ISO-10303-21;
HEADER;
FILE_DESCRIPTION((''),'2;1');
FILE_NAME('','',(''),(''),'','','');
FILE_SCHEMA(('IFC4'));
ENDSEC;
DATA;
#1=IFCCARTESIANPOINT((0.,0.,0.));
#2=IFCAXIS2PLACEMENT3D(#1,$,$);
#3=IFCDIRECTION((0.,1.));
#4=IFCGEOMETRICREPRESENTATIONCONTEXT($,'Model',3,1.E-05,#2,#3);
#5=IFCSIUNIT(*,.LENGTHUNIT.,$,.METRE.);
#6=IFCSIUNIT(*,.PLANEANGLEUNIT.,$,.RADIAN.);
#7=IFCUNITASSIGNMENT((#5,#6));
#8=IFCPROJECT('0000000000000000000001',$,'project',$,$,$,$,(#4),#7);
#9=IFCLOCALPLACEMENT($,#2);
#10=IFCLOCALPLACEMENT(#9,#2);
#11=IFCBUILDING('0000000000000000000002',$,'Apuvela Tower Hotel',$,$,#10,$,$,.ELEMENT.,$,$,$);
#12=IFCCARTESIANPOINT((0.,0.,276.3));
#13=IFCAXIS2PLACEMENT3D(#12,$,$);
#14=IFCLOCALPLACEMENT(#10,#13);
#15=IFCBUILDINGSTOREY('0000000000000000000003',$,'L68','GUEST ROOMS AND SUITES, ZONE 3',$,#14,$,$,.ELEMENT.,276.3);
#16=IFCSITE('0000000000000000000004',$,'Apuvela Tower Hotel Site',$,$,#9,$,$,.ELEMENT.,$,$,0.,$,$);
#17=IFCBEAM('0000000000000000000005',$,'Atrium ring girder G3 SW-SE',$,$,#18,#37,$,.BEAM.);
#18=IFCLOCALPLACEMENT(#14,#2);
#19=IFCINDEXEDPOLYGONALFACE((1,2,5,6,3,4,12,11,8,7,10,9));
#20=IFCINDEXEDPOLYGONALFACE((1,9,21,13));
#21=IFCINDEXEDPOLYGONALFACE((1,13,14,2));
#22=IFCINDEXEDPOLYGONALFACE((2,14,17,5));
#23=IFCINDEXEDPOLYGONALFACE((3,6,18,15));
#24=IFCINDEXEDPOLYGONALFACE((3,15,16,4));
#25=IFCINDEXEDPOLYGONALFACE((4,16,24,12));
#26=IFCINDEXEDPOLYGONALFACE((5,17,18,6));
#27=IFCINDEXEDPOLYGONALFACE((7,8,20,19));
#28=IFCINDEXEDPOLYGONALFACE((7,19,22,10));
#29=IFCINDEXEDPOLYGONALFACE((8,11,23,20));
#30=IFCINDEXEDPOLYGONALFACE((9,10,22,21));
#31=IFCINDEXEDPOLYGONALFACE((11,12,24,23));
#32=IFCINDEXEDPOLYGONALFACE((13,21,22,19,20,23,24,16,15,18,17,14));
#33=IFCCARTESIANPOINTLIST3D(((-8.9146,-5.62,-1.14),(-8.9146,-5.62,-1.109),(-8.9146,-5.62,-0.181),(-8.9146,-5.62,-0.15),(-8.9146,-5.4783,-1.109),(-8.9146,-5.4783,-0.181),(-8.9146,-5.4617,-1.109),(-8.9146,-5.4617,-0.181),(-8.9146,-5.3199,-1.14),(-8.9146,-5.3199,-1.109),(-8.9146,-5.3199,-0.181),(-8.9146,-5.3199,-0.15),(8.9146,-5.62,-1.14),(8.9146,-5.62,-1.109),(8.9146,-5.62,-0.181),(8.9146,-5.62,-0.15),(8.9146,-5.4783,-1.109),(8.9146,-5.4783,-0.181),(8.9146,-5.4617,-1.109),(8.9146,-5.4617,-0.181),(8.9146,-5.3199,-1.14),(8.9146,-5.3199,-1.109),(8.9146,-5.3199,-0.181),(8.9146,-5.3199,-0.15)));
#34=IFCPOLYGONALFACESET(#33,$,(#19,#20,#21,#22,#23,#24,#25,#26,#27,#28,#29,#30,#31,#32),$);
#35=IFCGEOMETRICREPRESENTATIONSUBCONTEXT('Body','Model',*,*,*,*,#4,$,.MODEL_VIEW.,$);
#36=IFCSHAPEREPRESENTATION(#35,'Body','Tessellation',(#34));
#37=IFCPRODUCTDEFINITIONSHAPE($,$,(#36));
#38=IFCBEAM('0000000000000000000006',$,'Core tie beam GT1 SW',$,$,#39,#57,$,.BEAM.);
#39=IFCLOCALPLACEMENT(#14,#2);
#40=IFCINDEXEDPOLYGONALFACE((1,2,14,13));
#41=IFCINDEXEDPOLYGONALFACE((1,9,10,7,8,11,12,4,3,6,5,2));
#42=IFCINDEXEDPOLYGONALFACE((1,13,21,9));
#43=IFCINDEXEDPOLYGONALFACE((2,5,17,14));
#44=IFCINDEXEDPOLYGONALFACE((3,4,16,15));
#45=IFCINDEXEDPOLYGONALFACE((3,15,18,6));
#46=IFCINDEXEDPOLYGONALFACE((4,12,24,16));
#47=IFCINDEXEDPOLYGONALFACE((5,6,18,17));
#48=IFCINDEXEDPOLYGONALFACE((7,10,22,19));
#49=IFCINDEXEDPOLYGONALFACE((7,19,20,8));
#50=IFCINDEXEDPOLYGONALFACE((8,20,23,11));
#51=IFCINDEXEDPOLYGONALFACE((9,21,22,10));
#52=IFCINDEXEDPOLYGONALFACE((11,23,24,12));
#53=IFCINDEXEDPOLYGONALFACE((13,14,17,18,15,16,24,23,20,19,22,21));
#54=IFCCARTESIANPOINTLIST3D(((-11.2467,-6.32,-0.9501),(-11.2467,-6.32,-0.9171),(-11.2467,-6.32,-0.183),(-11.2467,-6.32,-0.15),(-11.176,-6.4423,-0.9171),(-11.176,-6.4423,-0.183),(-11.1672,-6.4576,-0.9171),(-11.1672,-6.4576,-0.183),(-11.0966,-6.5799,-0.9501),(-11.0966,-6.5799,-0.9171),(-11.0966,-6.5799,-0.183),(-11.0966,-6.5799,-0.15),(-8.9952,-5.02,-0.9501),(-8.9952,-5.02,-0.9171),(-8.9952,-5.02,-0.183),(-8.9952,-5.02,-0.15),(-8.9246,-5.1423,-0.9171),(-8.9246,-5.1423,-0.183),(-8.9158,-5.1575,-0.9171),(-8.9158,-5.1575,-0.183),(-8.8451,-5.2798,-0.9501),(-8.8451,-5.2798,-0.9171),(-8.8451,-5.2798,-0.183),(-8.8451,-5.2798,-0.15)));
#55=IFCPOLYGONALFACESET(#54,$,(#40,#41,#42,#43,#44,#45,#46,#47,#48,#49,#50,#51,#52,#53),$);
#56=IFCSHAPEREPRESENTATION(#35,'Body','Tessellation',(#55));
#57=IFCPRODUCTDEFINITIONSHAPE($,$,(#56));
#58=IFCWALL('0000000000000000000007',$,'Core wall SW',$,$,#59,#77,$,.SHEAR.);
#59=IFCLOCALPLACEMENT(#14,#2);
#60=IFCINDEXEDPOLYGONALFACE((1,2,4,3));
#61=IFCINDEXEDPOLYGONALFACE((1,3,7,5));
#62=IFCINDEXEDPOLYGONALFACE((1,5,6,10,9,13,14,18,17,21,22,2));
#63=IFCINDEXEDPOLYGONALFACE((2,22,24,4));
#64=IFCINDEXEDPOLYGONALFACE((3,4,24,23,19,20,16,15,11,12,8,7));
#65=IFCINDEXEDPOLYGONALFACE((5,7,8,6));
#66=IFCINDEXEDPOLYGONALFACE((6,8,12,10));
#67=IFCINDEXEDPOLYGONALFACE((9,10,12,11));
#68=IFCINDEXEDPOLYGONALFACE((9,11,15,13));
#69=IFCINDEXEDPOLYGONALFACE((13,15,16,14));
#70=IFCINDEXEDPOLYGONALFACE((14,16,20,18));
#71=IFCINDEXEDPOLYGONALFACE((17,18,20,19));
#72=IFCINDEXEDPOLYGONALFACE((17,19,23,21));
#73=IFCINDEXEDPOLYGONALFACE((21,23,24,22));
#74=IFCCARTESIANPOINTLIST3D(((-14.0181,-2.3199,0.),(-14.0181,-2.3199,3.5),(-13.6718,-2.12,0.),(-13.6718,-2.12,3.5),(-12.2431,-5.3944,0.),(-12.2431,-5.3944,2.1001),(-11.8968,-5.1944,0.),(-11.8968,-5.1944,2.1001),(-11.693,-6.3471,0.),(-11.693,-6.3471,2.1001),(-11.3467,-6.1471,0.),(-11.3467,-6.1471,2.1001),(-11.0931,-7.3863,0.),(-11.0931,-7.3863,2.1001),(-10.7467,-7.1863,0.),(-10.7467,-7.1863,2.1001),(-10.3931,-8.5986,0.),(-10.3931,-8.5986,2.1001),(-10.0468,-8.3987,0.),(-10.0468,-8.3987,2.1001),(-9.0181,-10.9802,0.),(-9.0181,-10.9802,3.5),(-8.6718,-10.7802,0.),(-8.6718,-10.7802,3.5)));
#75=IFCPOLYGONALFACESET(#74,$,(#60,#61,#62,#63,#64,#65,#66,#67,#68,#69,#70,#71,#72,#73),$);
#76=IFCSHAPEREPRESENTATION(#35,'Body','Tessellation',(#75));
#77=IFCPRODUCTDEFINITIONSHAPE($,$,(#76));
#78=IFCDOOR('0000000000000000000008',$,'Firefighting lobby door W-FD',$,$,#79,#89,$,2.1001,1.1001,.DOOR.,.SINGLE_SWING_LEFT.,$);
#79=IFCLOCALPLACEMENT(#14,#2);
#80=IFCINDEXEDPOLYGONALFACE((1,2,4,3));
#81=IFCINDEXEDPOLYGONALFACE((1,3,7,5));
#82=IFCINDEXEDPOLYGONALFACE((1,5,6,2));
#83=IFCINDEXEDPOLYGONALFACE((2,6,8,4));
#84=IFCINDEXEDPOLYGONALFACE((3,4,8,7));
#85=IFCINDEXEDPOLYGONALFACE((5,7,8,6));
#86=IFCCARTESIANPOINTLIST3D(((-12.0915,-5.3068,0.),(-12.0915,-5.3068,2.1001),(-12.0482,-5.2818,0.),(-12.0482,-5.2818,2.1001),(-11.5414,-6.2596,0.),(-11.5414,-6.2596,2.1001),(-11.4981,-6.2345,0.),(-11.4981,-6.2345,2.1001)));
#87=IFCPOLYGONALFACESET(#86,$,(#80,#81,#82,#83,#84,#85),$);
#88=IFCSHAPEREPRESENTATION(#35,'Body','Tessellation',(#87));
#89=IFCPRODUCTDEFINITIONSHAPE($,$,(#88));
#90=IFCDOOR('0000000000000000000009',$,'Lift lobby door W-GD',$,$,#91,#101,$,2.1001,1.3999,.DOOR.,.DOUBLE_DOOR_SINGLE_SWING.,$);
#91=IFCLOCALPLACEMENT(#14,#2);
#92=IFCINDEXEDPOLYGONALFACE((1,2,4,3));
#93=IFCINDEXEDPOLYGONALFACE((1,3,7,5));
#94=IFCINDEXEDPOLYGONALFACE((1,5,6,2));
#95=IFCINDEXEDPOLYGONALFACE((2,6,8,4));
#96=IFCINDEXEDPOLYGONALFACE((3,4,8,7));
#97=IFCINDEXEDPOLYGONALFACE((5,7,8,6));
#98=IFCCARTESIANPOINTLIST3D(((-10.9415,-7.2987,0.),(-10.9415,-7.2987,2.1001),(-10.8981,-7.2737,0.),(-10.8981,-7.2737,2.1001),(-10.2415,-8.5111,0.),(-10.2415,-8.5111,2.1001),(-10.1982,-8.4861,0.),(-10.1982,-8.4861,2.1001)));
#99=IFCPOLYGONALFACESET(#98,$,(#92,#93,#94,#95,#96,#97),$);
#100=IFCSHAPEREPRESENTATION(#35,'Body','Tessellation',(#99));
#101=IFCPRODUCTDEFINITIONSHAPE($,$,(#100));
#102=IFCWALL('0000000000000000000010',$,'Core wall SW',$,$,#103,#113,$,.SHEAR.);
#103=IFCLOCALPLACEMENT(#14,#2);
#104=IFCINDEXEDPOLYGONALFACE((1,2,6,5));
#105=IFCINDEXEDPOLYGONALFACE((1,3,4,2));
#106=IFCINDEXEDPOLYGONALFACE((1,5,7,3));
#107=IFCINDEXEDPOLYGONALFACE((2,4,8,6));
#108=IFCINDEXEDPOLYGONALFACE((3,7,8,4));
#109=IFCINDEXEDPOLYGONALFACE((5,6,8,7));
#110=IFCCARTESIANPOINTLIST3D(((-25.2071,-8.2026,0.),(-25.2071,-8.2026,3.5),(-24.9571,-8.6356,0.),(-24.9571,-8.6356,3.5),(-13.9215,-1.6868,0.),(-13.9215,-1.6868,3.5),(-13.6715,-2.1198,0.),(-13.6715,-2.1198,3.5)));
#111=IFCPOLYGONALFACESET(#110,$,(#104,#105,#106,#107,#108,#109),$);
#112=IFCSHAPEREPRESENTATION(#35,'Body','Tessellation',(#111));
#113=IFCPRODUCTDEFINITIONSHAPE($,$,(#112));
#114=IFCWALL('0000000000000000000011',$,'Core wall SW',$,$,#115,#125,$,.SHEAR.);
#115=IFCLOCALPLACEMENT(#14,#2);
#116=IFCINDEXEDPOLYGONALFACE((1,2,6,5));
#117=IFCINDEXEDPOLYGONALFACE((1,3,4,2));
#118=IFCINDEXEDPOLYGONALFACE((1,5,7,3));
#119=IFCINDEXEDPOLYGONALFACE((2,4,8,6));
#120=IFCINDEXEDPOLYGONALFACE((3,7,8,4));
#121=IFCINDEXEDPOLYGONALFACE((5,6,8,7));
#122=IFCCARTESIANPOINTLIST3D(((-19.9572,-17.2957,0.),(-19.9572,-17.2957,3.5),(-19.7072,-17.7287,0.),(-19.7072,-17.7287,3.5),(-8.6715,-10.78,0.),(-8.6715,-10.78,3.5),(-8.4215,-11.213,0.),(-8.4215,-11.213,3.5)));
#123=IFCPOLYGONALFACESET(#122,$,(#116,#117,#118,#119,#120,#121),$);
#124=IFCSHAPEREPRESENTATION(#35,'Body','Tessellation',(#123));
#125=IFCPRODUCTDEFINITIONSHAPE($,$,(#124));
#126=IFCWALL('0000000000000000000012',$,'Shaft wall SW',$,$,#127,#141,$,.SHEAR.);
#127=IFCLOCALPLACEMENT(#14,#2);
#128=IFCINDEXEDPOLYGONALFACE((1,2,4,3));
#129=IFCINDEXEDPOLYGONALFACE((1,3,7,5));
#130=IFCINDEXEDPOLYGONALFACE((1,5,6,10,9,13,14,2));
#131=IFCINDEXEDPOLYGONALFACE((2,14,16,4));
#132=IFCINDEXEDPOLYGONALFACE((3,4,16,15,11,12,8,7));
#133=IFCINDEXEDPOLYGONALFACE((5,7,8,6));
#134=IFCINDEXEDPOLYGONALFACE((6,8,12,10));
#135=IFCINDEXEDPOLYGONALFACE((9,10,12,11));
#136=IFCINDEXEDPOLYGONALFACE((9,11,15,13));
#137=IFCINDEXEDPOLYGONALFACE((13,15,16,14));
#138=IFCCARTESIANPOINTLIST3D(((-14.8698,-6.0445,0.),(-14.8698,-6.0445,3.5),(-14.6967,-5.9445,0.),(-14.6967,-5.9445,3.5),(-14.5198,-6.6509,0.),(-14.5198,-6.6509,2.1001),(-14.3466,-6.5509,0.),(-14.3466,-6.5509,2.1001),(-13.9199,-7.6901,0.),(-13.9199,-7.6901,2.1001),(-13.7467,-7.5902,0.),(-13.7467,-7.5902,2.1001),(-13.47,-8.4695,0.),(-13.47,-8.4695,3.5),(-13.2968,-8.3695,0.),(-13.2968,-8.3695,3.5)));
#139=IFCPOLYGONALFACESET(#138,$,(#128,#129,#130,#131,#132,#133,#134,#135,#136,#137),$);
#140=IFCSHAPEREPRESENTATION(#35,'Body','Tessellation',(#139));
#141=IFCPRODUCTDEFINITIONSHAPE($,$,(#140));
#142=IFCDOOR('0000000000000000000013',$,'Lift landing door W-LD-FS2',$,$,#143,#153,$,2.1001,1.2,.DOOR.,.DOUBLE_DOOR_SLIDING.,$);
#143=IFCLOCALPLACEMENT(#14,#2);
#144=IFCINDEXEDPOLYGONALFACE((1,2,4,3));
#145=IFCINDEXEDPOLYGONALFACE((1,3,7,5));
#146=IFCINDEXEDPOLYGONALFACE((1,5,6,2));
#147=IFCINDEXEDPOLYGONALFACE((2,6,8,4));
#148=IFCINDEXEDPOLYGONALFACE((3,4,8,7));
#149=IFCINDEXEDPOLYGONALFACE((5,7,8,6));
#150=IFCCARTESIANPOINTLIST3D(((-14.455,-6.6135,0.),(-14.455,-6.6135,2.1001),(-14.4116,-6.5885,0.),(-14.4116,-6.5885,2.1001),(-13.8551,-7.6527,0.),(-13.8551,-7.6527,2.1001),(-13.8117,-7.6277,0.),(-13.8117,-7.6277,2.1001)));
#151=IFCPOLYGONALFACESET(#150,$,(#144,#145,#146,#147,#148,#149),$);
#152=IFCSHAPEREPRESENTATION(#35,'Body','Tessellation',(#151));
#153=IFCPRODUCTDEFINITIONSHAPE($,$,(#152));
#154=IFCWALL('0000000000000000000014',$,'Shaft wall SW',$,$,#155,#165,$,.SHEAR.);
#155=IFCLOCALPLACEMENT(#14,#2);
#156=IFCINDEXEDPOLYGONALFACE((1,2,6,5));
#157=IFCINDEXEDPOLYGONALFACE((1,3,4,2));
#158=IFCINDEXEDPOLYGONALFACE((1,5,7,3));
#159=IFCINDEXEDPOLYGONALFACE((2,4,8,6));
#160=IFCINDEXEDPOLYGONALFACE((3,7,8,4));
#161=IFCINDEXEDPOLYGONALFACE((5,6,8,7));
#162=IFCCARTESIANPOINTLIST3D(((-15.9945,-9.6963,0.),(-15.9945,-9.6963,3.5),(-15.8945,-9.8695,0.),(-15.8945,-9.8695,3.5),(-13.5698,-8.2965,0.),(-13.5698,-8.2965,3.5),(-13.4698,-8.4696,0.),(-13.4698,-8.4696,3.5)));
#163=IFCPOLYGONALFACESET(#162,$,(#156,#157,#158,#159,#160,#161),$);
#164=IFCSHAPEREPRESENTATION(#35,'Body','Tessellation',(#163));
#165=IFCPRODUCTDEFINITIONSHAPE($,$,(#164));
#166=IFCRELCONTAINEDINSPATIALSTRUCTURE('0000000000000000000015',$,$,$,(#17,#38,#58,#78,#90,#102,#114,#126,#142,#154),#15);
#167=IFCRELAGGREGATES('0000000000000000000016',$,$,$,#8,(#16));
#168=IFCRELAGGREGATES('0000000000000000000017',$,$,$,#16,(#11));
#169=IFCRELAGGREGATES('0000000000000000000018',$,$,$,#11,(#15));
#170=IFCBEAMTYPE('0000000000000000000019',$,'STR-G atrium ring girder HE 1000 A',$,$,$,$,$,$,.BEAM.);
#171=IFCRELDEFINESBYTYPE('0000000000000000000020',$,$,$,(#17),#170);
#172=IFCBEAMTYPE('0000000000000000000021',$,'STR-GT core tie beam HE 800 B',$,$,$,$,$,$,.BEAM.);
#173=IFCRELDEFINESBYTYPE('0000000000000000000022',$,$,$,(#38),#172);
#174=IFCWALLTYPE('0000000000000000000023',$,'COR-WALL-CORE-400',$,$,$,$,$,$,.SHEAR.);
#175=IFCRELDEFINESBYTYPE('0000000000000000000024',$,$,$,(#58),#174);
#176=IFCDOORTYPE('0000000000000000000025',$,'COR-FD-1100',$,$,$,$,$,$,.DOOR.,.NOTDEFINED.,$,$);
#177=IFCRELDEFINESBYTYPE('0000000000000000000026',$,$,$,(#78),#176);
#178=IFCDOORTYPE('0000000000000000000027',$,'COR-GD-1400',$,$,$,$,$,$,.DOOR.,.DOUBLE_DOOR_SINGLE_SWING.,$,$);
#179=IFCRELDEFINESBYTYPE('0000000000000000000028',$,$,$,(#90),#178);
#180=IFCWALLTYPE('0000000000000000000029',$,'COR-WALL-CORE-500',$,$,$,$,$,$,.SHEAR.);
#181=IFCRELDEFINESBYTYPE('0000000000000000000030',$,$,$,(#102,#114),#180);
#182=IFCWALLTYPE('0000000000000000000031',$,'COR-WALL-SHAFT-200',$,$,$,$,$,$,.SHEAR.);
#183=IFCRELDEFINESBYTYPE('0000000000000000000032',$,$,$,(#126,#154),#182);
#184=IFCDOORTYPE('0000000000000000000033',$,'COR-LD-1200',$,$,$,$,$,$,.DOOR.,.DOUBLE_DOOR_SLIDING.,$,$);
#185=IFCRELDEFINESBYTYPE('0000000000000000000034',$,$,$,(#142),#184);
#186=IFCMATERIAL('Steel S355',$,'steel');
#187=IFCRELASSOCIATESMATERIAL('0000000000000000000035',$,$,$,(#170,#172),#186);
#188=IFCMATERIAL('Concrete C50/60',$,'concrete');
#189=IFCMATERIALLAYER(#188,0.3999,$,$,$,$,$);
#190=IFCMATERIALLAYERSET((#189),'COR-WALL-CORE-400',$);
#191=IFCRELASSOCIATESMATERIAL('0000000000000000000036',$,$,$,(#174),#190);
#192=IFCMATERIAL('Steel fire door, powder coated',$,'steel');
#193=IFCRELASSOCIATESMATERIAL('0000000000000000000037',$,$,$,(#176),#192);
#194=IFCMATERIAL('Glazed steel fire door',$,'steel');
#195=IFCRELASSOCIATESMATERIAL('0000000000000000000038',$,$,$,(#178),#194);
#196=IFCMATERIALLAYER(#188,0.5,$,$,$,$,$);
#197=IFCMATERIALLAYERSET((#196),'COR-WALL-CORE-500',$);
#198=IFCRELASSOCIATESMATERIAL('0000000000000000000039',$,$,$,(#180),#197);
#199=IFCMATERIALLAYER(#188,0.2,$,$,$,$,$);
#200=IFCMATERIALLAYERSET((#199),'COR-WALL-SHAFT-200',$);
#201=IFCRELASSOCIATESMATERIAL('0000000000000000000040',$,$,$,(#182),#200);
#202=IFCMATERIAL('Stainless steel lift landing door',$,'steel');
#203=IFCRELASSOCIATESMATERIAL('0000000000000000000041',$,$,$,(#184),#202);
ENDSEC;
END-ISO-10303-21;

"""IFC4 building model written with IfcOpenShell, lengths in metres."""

from ifc_helpers import new_model, si_unit, direction, frame, frame_2d, origin, origin_2d, place, context, subcontext, project, spatial, rectangle, i_section, extrude, material, layer, layer_set, material_profile, profile_set, type_object, element, fill, save


model = new_model("IFC4")

# Units and contexts
model_context = context("Model", 3, precision=1e-05, world=origin(), true_north=direction((0.0, 1.0)))
body_context = subcontext(model_context, "Body", "Model", "MODEL_VIEW")
ifc_project = project(units=[si_unit("LENGTHUNIT", "METRE"), si_unit("PLANEANGLEUNIT", "RADIAN")], contexts=[model_context])

# Site, building, storey
site_placement = place(None, origin())
site = spatial("IfcSite", under=ifc_project, at=site_placement, Name="Apuvela Tower Hotel Site", CompositionType="ELEMENT", RefElevation=0.0)
building_placement = place(site_placement, origin())
building = spatial("IfcBuilding", under=site, at=building_placement, Name="Apuvela Tower Hotel", CompositionType="ELEMENT")
storey_placement = place(building_placement, frame((0.0, 0.0, 276.3)))
storey = spatial("IfcBuildingStorey", under=building, at=storey_placement, Name="L68", Description="GUEST ROOMS AND SUITES, ZONE 3", CompositionType="ELEMENT", Elevation=276.3)

# Beams
ifc_material_1 = material(Name="Steel S355", Category="steel")
ifc_material_profile_1 = material_profile(ifc_material_1, i_section(OverallWidth=0.3, OverallDepth=0.99, WebThickness=0.0166, FlangeThickness=0.031, at=origin_2d()), Name="HE 1000 A")
ifc_profile_set_1 = profile_set([ifc_material_profile_1], Name="Steel S355")
beam_type_1 = type_object("IfcBeamType", Name="STR-G atrium ring girder HE 1000 A", PredefinedType="BEAM", material=ifc_profile_set_1)
beam_1_placement = place(storey_placement, frame((-8.9146, -5.47, -0.645), z_axis=(1.0, 0.0, 0.0), x_axis=(0.0, 1.0, 0.0)))
element("IfcBeam", 1, at=beam_1_placement, inside=storey, type_object=beam_type_1, Name="Atrium ring girder G3 SW-SE", PredefinedType="BEAM", context=body_context, shape_type="SweptSolid", body=[
    extrude(i_section(OverallWidth=0.3, OverallDepth=0.99, WebThickness=0.0166, FlangeThickness=0.031, at=origin_2d()), origin(), (0.0, 0.0, 1.0), 17.8291),
])
ifc_material_profile_2 = material_profile(ifc_material_1, i_section(OverallWidth=0.3, OverallDepth=0.8, WebThickness=0.0176, FlangeThickness=0.033, at=origin_2d()), Name="HE 800 B")
ifc_profile_set_2 = profile_set([ifc_material_profile_2], Name="Steel S355")
beam_type_2 = type_object("IfcBeamType", Name="STR-GT core tie beam HE 800 B", PredefinedType="BEAM", material=ifc_profile_set_2)
beam_2_placement = place(storey_placement, frame((-11.1716, -6.45, -0.55), z_axis=(0.865998, 0.500048, 0.0), x_axis=(-0.500048, 0.865998, 0.0)))
element("IfcBeam", 2, at=beam_2_placement, inside=storey, type_object=beam_type_2, Name="Core tie beam GT1 SW", PredefinedType="BEAM", context=body_context, shape_type="SweptSolid", body=[
    extrude(i_section(OverallWidth=0.3, OverallDepth=0.8, WebThickness=0.0176, FlangeThickness=0.033, at=origin_2d()), origin(), (0.0, 0.0, 1.0), 2.5999),
])

# Wall, openings, doors
ifc_material_2 = material(Name="Concrete C50/60", Category="concrete")
ifc_layer_1 = layer(ifc_material_2, 0.3999)
ifc_layer_set_1 = layer_set([ifc_layer_1], Name="COR-WALL-CORE-400")
wall_type_1 = type_object("IfcWallType", Name="COR-WALL-CORE-400", PredefinedType="SHEAR", material=ifc_layer_set_1)
wall_1_placement = place(storey_placement, frame((-13.845, -2.22, 0.0), z_axis=(0.0, 0.0, 1.0), x_axis=(0.500004, -0.866023, 0.0)))
wall_1 = element("IfcWall", 3, at=wall_1_placement, inside=storey, type_object=wall_type_1, Name="Core wall SW", PredefinedType="SHEAR", context=body_context, shape_type="SweptSolid", body=[
    extrude(rectangle(XDim=10.0, YDim=0.3999, at=frame_2d((5.0, 0.0))), origin(), (0.0, 0.0, 1.0), 3.5),
])
opening_1_placement = place(wall_1_placement, frame((3.55, 0.0, 0.0)))
opening_1 = element("IfcOpeningElement", 4, at=opening_1_placement, cuts=wall_1, PredefinedType="OPENING", context=body_context, shape_type="SweptSolid", body=[
    extrude(rectangle(XDim=1.1001, YDim=2.1001, at=frame_2d((0.55, 1.05))), frame((0.0, 0.21, 0.0), z_axis=(0.0, -1.0, 0.0), x_axis=(1.0, 0.0, 0.0)), (0.0, 0.0, 1.0), 0.4199),
])
opening_2_placement = place(wall_1_placement, frame((5.8501, 0.0, 0.0)))
opening_2 = element("IfcOpeningElement", 5, at=opening_2_placement, cuts=wall_1, PredefinedType="OPENING", context=body_context, shape_type="SweptSolid", body=[
    extrude(rectangle(XDim=1.3999, YDim=2.1001, at=frame_2d((0.7, 1.05))), frame((0.0, 0.21, 0.0), z_axis=(0.0, -1.0, 0.0), x_axis=(1.0, 0.0, 0.0)), (0.0, 0.0, 1.0), 0.4199),
])
ifc_material_3 = material(Name="Steel fire door, powder coated", Category="steel")
door_type_1 = type_object("IfcDoorType", Name="COR-FD-1100", OperationType="NOTDEFINED", PredefinedType="DOOR", material=ifc_material_3)
door_1_placement = place(opening_1_placement, frame((1.1001, 0.0, 0.0), z_axis=(0.0, 0.0, 1.0), x_axis=(-1.0, 0.0, 0.0)))
door_1 = element("IfcDoor", 6, at=door_1_placement, inside=storey, type_object=door_type_1, Name="Firefighting lobby door W-FD", OperationType="SINGLE_SWING_LEFT", OverallHeight=2.1001, OverallWidth=1.1001, PredefinedType="DOOR", context=body_context, shape_type="SweptSolid", body=[
    extrude(rectangle(XDim=1.1001, YDim=2.1001, at=frame_2d((0.55, 1.05))), frame((0.0, 0.0249, 0.0), z_axis=(0.0, -1.0, 0.0), x_axis=(1.0, 0.0, 0.0)), (0.0, 0.0, 1.0), 0.05),
])
fill(opening_1, door_1)
ifc_material_4 = material(Name="Glazed steel fire door", Category="steel")
door_type_2 = type_object("IfcDoorType", Name="COR-GD-1400", OperationType="DOUBLE_DOOR_SINGLE_SWING", PredefinedType="DOOR", material=ifc_material_4)
door_2_placement = place(opening_2_placement, frame((1.3999, 0.0, 0.0), z_axis=(0.0, 0.0, 1.0), x_axis=(-1.0, 0.0, 0.0)))
door_2 = element("IfcDoor", 7, at=door_2_placement, inside=storey, type_object=door_type_2, Name="Lift lobby door W-GD", OperationType="DOUBLE_DOOR_SINGLE_SWING", OverallHeight=2.1001, OverallWidth=1.3999, PredefinedType="DOOR", context=body_context, shape_type="SweptSolid", body=[
    extrude(rectangle(XDim=1.3999, YDim=2.1001, at=frame_2d((0.7, 1.05))), frame((0.0, 0.0249, 0.0), z_axis=(0.0, -1.0, 0.0), x_axis=(1.0, 0.0, 0.0)), (0.0, 0.0, 1.0), 0.05),
])
fill(opening_2, door_2)

# Walls
ifc_layer_2 = layer(ifc_material_2, 0.5)
ifc_layer_set_2 = layer_set([ifc_layer_2], Name="COR-WALL-CORE-500")
wall_type_2 = type_object("IfcWallType", Name="COR-WALL-CORE-500", PredefinedType="SHEAR", material=ifc_layer_set_2)
for number, where, z_axis, x_axis, name in (
    (8, (-13.7966, -1.9033, 0.0), (0.0, 0.0, 1.0), (-0.866022, -0.500006, 0.0), "Core wall SW"),
    (9, (-8.5466, -10.9966, 0.0), (0.0, 0.0, 1.0), (-0.86603, -0.499992, 0.0), "Core wall SW"),
):
    element("IfcWall", number, at=place(storey_placement, frame(where, z_axis=z_axis, x_axis=x_axis)), inside=storey, type_object=wall_type_2, Name=name, PredefinedType="SHEAR", context=body_context, shape_type="SweptSolid", body=[
        extrude(rectangle(XDim=13.0315, YDim=0.5, at=frame_2d((6.5156, 0.0))), origin(), (0.0, 0.0, 1.0), 3.5),
    ])

# Wall, opening, door
ifc_layer_3 = layer(ifc_material_2, 0.2)
ifc_layer_set_3 = layer_set([ifc_layer_3], Name="COR-WALL-SHAFT-200")
wall_type_3 = type_object("IfcWallType", Name="COR-WALL-SHAFT-200", PredefinedType="SHEAR", material=ifc_layer_set_3)
wall_2_placement = place(storey_placement, frame((-14.7832, -5.9946, 0.0), z_axis=(0.0, 0.0, 1.0), x_axis=(0.499946, -0.866056, 0.0)))
wall_2 = element("IfcWall", 10, at=wall_2_placement, inside=storey, type_object=wall_type_3, Name="Shaft wall SW", PredefinedType="SHEAR", context=body_context, shape_type="SweptSolid", body=[
    extrude(rectangle(XDim=2.8, YDim=0.2, at=frame_2d((1.3999, 0.0))), origin(), (0.0, 0.0, 1.0), 3.5),
])
opening_3_placement = place(wall_2_placement, frame((0.7, 0.0, 0.0)))
opening_3 = element("IfcOpeningElement", 11, at=opening_3_placement, cuts=wall_2, PredefinedType="OPENING", context=body_context, shape_type="SweptSolid", body=[
    extrude(rectangle(XDim=1.2, YDim=2.1001, at=frame_2d((0.6001, 1.05))), frame((0.0, 0.1099, 0.0), z_axis=(0.0, -1.0, 0.0), x_axis=(1.0, 0.0, 0.0)), (0.0, 0.0, 1.0), 0.22),
])
ifc_material_5 = material(Name="Stainless steel lift landing door", Category="steel")
door_type_3 = type_object("IfcDoorType", Name="COR-LD-1200", OperationType="DOUBLE_DOOR_SLIDING", PredefinedType="DOOR", material=ifc_material_5)
door_3_placement = place(opening_3_placement, origin())
door_3 = element("IfcDoor", 12, at=door_3_placement, inside=storey, type_object=door_type_3, Name="Lift landing door W-LD-FS2", OperationType="DOUBLE_DOOR_SLIDING", OverallHeight=2.1001, OverallWidth=1.2, PredefinedType="DOOR", context=body_context, shape_type="SweptSolid", body=[
    extrude(rectangle(XDim=1.2, YDim=2.1001, at=frame_2d((0.6001, 1.05))), frame((0.0, 0.0249, 0.0), z_axis=(0.0, -1.0, 0.0), x_axis=(1.0, 0.0, 0.0)), (0.0, 0.0, 1.0), 0.05),
])
fill(opening_3, door_3)

# Wall
wall_3_placement = place(storey_placement, frame((-13.5198, -8.3831, 0.0), z_axis=(0.0, 0.0, 1.0), x_axis=(-0.866035, -0.499984, 0.0)))
element("IfcWall", 13, at=wall_3_placement, inside=storey, type_object=wall_type_3, Name="Shaft wall SW", PredefinedType="SHEAR", context=body_context, shape_type="SweptSolid", body=[
    extrude(rectangle(XDim=2.7998, YDim=0.2, at=frame_2d((1.3999, 0.0))), origin(), (0.0, 0.0, 1.0), 3.5),
])

save(model, "model.ifc")
